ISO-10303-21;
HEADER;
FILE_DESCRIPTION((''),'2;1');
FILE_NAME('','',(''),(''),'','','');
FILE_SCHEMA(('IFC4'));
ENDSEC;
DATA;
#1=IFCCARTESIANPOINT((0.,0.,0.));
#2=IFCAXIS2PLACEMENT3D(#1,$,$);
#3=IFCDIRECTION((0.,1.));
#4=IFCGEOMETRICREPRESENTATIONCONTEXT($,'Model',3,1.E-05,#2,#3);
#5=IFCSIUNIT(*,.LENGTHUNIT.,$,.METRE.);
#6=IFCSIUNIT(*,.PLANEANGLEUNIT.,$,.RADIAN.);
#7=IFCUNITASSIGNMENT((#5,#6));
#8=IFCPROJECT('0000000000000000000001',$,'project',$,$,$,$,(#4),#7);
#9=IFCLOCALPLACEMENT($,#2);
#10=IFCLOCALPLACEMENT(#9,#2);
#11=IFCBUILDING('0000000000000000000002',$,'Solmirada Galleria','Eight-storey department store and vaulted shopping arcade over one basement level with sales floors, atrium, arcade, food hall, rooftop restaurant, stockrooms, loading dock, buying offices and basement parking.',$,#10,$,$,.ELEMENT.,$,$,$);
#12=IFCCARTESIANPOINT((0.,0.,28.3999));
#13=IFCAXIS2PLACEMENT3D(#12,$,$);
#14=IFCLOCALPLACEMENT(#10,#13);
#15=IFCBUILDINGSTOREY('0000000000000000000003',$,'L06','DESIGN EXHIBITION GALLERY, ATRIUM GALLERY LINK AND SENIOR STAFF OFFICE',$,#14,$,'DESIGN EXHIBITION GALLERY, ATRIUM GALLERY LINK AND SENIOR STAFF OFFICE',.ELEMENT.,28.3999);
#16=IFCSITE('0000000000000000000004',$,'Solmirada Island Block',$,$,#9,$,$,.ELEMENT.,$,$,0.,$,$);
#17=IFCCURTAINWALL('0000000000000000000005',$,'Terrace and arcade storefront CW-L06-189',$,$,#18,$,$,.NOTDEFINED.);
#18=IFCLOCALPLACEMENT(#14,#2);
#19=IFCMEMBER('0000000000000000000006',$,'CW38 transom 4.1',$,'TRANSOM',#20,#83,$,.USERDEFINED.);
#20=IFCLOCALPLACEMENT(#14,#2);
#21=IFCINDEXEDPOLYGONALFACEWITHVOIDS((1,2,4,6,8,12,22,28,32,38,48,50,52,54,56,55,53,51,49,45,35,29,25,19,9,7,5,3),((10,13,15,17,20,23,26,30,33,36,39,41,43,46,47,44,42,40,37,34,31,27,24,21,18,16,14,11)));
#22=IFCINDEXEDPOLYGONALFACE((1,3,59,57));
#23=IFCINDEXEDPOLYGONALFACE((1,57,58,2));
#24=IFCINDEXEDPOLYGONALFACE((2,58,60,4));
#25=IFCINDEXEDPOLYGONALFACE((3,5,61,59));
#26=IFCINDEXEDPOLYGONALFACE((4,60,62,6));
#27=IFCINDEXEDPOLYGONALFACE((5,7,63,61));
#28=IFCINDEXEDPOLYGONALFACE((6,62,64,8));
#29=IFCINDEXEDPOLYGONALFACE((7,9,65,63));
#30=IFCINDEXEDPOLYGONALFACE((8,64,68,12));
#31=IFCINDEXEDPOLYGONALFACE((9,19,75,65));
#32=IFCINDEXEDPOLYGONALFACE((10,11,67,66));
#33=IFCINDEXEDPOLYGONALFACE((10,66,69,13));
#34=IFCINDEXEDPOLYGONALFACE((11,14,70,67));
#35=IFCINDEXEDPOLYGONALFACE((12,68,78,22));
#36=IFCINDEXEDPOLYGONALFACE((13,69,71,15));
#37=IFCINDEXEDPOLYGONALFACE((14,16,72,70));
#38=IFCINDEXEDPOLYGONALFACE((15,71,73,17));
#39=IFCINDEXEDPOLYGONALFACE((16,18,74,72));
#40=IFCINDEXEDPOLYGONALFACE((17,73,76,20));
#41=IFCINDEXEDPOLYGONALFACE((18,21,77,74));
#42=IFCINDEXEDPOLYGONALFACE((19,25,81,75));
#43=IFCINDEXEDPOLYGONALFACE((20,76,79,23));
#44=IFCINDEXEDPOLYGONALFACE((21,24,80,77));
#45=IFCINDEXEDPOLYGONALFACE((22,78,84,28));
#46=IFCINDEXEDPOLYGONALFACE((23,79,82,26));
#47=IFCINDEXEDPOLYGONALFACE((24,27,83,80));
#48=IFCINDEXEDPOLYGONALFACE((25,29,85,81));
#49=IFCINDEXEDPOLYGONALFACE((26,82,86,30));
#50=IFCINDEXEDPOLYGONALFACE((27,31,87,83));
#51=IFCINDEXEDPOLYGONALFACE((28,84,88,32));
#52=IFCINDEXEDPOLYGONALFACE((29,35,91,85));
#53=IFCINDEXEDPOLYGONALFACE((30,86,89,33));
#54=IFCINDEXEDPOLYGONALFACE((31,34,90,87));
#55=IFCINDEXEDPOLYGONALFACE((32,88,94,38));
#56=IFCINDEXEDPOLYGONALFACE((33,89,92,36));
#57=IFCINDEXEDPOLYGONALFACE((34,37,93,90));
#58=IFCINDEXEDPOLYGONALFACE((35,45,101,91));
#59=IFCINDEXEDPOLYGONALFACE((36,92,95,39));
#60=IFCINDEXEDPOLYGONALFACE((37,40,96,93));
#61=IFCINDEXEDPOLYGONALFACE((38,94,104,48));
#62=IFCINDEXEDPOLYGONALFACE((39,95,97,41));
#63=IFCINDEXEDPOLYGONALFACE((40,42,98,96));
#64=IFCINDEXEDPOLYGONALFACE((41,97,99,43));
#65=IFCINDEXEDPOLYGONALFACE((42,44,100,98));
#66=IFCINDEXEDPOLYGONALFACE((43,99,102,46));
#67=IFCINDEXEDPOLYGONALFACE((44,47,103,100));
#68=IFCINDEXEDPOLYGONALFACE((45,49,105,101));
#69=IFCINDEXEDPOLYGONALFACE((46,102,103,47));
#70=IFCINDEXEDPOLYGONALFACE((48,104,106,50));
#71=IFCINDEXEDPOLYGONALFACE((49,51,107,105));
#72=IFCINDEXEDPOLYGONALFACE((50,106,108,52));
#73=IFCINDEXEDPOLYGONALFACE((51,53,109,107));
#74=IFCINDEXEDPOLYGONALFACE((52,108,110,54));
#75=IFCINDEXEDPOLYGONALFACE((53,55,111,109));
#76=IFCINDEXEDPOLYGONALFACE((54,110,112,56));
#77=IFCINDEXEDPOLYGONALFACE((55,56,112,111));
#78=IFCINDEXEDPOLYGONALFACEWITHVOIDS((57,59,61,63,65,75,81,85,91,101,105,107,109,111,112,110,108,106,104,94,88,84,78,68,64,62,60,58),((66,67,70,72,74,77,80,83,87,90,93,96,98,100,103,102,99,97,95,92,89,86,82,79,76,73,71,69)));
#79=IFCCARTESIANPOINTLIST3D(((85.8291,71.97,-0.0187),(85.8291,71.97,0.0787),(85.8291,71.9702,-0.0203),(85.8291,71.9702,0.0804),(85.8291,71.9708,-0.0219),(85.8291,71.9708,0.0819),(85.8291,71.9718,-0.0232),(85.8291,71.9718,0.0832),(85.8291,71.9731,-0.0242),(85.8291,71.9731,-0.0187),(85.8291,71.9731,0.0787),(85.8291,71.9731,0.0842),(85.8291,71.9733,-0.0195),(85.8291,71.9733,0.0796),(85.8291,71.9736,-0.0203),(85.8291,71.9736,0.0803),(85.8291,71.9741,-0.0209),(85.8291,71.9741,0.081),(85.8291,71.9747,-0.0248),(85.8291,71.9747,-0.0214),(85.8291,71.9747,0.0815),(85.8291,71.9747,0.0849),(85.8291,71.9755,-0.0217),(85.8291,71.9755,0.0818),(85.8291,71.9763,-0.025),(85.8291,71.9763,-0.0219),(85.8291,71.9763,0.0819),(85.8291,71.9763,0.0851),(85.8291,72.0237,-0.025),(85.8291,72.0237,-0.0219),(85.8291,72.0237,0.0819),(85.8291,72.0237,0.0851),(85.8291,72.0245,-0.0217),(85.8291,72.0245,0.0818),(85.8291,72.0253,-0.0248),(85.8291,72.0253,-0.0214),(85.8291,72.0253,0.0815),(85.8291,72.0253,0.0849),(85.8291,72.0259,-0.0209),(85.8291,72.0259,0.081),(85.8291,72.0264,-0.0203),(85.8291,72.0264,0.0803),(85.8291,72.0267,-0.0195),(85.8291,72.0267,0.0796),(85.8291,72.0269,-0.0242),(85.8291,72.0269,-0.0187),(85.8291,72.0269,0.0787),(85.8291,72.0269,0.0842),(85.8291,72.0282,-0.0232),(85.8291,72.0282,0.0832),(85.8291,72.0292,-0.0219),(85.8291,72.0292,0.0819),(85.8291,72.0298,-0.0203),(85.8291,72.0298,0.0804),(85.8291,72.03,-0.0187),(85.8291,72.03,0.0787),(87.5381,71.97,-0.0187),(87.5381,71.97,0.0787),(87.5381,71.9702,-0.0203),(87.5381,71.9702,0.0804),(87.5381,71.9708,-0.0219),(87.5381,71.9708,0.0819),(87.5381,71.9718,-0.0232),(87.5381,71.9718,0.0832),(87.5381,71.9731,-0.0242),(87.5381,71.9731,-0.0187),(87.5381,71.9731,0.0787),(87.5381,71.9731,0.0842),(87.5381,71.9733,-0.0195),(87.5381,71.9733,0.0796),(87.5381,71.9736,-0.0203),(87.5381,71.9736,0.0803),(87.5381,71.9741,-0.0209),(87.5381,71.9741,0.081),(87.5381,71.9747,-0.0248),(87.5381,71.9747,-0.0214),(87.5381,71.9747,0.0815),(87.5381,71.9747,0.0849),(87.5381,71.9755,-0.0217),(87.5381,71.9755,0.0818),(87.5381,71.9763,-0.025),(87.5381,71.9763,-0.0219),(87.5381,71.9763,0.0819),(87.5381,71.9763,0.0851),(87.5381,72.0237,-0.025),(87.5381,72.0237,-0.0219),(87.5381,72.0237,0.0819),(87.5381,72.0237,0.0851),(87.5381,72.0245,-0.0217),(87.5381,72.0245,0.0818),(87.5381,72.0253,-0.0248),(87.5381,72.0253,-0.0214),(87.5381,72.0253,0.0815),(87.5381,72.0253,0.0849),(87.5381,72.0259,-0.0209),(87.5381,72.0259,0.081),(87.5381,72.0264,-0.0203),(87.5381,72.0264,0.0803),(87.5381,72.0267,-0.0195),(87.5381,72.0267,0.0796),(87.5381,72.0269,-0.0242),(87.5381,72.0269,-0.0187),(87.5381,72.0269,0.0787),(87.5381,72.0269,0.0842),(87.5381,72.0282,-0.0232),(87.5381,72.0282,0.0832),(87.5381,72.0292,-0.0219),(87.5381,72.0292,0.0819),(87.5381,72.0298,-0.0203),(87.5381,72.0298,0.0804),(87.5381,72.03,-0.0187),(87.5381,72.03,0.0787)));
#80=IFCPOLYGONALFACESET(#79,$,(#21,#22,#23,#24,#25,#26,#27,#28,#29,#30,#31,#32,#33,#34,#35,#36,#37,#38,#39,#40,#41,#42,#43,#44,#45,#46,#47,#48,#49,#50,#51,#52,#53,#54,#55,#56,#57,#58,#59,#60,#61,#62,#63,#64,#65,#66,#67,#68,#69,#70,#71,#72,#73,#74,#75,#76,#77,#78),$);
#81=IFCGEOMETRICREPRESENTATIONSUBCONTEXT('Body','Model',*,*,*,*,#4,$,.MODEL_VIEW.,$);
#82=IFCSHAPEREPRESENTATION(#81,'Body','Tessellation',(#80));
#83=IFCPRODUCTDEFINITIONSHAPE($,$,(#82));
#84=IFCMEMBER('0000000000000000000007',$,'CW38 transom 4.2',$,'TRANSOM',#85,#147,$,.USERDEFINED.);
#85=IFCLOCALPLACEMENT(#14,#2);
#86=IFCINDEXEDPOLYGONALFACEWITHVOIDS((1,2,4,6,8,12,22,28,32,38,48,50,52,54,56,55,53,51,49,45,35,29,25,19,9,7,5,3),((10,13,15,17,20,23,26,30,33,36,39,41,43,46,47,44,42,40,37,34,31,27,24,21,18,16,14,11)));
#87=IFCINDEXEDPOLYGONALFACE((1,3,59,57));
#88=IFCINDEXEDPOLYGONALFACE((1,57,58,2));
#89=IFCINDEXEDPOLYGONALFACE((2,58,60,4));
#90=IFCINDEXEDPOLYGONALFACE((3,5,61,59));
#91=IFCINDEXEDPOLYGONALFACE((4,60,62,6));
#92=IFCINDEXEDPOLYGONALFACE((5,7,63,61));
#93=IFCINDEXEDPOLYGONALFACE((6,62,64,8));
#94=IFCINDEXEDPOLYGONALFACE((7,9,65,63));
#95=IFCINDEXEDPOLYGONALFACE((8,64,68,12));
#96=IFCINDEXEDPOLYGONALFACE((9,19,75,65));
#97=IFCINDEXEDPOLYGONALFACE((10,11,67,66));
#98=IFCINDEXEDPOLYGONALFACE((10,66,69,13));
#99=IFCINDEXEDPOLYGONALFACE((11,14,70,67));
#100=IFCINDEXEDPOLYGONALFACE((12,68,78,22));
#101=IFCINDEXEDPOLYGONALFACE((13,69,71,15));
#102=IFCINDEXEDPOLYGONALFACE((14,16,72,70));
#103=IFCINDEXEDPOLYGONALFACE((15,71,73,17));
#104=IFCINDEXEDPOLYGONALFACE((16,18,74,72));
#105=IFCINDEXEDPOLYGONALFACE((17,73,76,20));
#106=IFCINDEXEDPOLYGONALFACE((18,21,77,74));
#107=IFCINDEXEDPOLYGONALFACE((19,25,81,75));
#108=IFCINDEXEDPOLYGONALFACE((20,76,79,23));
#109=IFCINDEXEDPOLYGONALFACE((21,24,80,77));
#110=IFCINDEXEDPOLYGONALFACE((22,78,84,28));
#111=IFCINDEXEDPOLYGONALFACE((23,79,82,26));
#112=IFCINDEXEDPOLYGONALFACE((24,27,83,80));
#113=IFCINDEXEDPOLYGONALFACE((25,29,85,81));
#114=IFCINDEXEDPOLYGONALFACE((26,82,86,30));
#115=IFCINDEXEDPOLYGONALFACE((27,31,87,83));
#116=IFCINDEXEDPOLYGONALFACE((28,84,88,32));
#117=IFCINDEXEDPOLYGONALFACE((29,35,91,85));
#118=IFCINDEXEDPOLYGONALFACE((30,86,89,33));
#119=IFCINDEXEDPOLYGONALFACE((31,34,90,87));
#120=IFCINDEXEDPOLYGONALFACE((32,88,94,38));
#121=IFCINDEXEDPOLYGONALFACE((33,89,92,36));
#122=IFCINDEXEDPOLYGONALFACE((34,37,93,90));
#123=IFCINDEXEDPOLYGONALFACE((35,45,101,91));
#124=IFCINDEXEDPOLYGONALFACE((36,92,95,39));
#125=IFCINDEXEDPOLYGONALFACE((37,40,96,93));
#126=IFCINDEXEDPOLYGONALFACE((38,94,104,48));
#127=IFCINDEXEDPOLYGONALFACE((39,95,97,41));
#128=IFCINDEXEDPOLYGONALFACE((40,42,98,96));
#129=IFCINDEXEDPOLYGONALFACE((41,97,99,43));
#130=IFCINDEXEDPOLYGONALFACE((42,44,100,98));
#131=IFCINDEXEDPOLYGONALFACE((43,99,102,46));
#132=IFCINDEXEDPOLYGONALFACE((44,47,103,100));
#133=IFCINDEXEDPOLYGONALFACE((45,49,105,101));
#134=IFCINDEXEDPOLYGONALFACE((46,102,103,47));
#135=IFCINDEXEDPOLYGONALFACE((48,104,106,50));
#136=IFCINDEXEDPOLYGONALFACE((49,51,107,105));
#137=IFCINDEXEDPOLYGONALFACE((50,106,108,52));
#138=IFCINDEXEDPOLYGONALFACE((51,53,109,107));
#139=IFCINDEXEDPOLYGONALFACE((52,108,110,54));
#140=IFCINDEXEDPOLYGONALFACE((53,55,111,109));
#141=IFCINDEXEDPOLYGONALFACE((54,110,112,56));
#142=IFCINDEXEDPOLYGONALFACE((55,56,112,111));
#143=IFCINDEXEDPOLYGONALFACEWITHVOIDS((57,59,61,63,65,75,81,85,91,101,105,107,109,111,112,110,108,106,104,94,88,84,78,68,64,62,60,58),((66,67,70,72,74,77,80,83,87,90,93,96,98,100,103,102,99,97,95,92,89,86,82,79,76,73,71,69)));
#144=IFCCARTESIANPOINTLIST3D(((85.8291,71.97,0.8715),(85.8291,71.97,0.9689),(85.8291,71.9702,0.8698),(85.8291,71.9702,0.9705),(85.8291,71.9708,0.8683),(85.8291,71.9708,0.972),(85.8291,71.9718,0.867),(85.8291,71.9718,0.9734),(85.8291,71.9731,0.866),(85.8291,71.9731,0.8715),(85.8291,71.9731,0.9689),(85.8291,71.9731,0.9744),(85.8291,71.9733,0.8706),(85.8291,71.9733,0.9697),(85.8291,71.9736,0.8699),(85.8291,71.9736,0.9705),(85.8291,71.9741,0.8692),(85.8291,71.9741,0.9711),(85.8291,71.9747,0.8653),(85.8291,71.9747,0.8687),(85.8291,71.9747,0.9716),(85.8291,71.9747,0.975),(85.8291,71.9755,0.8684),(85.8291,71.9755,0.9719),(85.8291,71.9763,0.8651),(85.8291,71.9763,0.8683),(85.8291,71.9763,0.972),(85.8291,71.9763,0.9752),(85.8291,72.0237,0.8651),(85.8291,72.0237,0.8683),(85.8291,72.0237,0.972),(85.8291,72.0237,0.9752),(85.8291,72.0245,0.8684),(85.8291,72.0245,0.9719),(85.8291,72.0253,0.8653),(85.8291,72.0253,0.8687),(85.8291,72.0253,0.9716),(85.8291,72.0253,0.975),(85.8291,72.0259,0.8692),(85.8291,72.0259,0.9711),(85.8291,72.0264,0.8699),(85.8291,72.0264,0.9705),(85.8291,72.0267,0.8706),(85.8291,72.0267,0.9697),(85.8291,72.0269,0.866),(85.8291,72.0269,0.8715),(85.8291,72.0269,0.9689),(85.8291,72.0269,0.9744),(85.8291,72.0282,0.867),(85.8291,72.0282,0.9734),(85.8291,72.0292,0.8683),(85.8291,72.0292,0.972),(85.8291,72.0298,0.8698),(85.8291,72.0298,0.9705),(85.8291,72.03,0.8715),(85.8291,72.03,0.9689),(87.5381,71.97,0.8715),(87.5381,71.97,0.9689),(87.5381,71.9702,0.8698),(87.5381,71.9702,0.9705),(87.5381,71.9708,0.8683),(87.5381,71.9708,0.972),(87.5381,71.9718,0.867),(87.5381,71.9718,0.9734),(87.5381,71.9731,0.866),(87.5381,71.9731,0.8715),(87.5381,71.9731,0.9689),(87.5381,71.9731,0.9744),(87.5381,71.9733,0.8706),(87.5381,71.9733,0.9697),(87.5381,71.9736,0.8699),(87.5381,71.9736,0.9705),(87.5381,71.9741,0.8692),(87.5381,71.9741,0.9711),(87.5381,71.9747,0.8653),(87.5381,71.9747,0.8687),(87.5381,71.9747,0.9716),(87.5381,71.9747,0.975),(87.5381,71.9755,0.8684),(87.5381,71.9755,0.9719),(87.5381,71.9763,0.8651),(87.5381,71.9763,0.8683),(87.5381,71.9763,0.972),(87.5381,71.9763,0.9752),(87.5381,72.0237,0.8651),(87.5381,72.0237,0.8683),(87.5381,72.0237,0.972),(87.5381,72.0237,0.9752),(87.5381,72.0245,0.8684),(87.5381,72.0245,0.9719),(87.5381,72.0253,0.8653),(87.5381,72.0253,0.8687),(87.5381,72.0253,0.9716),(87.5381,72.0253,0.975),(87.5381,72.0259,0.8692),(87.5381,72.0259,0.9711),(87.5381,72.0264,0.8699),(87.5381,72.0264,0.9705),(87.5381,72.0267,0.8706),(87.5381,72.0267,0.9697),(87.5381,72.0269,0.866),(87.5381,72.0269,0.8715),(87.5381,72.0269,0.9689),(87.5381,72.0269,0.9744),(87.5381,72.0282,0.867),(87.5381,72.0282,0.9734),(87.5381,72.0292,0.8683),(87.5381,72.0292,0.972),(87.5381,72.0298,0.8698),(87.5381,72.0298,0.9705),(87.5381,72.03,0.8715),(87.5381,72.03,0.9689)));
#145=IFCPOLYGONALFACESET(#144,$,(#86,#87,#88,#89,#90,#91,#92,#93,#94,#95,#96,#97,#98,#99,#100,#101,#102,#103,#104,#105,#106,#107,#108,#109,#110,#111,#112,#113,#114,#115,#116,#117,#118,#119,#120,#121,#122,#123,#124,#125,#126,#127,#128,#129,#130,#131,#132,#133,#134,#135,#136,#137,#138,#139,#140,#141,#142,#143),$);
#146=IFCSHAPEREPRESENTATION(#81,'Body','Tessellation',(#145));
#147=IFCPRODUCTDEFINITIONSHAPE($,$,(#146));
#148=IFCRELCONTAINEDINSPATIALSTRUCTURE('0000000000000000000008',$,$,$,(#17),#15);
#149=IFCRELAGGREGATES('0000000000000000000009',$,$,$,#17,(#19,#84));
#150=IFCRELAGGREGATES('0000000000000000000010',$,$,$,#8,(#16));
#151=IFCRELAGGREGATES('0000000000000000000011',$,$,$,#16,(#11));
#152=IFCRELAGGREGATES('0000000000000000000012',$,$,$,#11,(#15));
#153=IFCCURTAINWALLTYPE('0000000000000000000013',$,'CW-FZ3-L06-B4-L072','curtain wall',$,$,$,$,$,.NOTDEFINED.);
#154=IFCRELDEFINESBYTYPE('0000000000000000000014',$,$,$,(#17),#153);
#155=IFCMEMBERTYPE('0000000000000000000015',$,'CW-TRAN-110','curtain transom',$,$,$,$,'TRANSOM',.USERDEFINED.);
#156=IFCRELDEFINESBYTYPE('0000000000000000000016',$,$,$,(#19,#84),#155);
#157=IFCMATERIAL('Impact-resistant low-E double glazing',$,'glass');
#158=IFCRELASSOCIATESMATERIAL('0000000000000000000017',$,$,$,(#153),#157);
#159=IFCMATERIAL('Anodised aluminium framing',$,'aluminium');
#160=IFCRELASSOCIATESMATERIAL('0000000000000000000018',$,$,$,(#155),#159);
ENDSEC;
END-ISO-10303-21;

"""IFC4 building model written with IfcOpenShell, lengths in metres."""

from ifc_helpers import new_model, si_unit, direction, frame, origin, origin_2d, place, context, subcontext, project, spatial, hollow_rectangle, extrude, material, material_profile, profile_set, type_object, element, aggregate, save


model = new_model("IFC4")

# Units and contexts
model_context = context("Model", 3, precision=1e-05, world=origin(), true_north=direction((0.0, 1.0)))
body_context = subcontext(model_context, "Body", "Model", "MODEL_VIEW")
ifc_project = project(units=[si_unit("LENGTHUNIT", "METRE"), si_unit("PLANEANGLEUNIT", "RADIAN")], contexts=[model_context])

# Site, building, storey
site_placement = place(None, origin())
site = spatial("IfcSite", under=ifc_project, at=site_placement, Name="Solmirada Island Block", CompositionType="ELEMENT", RefElevation=0.0)
building_placement = place(site_placement, origin())
building = spatial("IfcBuilding", under=site, at=building_placement, Name="Solmirada Galleria", Description="Eight-storey department store and vaulted shopping arcade over one basement level with sales floors, atrium, arcade, food hall, rooftop restaurant, stockrooms, loading dock, buying offices and basement parking.", CompositionType="ELEMENT")
storey_placement = place(building_placement, frame((0.0, 0.0, 28.3999)))
storey = spatial("IfcBuildingStorey", under=building, at=storey_placement, Name="L06", Description="DESIGN EXHIBITION GALLERY, ATRIUM GALLERY LINK AND SENIOR STAFF OFFICE", LongName="DESIGN EXHIBITION GALLERY, ATRIUM GALLERY LINK AND SENIOR STAFF OFFICE", CompositionType="ELEMENT", Elevation=28.3999)

# Curtain wall, members
ifc_material_1 = material(Name="Impact-resistant low-E double glazing", Category="glass")
curtain_wall_type = type_object("IfcCurtainWallType", Name="CW-FZ3-L06-B4-L072", Description="curtain wall", PredefinedType="NOTDEFINED", material=ifc_material_1)
curtain_wall_placement = place(storey_placement, origin())
curtain_wall = element("IfcCurtainWall", 1, at=curtain_wall_placement, inside=storey, type_object=curtain_wall_type, Name="Terrace and arcade storefront CW-L06-189", PredefinedType="NOTDEFINED")
ifc_material_2 = material(Name="Anodised aluminium framing", Category="aluminium")
ifc_material_profile_1 = material_profile(ifc_material_2, hollow_rectangle(XDim=0.0601, YDim=0.1101, WallThickness=0.0032, InnerFilletRadius=0.0032, OuterFilletRadius=0.0063, at=origin_2d()), Name="ALU-TRAN-110X60")
ifc_profile_set_1 = profile_set([ifc_material_profile_1], Name="Anodised aluminium framing")
member_type_1 = type_object("IfcMemberType", Name="CW-TRAN-110", Description="curtain transom", ElementType="TRANSOM", PredefinedType="USERDEFINED", material=ifc_profile_set_1)
member_1_placement = place(storey_placement, frame((85.8291, 72.0, 0.03), z_axis=(1.0, 0.0, 0.0), x_axis=(0.0, 1.0, 0.0)))
member_1 = element("IfcMember", 2, at=member_1_placement, type_object=member_type_1, Name="CW38 transom 4.1", ObjectType="TRANSOM", PredefinedType="USERDEFINED", context=body_context, shape_type="SweptSolid", body=[
    extrude(hollow_rectangle(XDim=0.0601, YDim=0.1101, WallThickness=0.0032, InnerFilletRadius=0.0032, OuterFilletRadius=0.0063, at=origin_2d()), origin(), (0.0, 0.0, 1.0), 1.709),
])
member_2_placement = place(storey_placement, frame((85.8291, 72.0, 0.9202), z_axis=(1.0, 0.0, 0.0), x_axis=(0.0, 1.0, 0.0)))
member_2 = element("IfcMember", 3, at=member_2_placement, type_object=member_type_1, Name="CW38 transom 4.2", ObjectType="TRANSOM", PredefinedType="USERDEFINED", context=body_context, shape_type="SweptSolid", body=[
    extrude(hollow_rectangle(XDim=0.0601, YDim=0.1101, WallThickness=0.0032, InnerFilletRadius=0.0032, OuterFilletRadius=0.0063, at=origin_2d()), origin(), (0.0, 0.0, 1.0), 1.709),
])
aggregate(curtain_wall, [member_1, member_2])

save(model, "model.ifc")
